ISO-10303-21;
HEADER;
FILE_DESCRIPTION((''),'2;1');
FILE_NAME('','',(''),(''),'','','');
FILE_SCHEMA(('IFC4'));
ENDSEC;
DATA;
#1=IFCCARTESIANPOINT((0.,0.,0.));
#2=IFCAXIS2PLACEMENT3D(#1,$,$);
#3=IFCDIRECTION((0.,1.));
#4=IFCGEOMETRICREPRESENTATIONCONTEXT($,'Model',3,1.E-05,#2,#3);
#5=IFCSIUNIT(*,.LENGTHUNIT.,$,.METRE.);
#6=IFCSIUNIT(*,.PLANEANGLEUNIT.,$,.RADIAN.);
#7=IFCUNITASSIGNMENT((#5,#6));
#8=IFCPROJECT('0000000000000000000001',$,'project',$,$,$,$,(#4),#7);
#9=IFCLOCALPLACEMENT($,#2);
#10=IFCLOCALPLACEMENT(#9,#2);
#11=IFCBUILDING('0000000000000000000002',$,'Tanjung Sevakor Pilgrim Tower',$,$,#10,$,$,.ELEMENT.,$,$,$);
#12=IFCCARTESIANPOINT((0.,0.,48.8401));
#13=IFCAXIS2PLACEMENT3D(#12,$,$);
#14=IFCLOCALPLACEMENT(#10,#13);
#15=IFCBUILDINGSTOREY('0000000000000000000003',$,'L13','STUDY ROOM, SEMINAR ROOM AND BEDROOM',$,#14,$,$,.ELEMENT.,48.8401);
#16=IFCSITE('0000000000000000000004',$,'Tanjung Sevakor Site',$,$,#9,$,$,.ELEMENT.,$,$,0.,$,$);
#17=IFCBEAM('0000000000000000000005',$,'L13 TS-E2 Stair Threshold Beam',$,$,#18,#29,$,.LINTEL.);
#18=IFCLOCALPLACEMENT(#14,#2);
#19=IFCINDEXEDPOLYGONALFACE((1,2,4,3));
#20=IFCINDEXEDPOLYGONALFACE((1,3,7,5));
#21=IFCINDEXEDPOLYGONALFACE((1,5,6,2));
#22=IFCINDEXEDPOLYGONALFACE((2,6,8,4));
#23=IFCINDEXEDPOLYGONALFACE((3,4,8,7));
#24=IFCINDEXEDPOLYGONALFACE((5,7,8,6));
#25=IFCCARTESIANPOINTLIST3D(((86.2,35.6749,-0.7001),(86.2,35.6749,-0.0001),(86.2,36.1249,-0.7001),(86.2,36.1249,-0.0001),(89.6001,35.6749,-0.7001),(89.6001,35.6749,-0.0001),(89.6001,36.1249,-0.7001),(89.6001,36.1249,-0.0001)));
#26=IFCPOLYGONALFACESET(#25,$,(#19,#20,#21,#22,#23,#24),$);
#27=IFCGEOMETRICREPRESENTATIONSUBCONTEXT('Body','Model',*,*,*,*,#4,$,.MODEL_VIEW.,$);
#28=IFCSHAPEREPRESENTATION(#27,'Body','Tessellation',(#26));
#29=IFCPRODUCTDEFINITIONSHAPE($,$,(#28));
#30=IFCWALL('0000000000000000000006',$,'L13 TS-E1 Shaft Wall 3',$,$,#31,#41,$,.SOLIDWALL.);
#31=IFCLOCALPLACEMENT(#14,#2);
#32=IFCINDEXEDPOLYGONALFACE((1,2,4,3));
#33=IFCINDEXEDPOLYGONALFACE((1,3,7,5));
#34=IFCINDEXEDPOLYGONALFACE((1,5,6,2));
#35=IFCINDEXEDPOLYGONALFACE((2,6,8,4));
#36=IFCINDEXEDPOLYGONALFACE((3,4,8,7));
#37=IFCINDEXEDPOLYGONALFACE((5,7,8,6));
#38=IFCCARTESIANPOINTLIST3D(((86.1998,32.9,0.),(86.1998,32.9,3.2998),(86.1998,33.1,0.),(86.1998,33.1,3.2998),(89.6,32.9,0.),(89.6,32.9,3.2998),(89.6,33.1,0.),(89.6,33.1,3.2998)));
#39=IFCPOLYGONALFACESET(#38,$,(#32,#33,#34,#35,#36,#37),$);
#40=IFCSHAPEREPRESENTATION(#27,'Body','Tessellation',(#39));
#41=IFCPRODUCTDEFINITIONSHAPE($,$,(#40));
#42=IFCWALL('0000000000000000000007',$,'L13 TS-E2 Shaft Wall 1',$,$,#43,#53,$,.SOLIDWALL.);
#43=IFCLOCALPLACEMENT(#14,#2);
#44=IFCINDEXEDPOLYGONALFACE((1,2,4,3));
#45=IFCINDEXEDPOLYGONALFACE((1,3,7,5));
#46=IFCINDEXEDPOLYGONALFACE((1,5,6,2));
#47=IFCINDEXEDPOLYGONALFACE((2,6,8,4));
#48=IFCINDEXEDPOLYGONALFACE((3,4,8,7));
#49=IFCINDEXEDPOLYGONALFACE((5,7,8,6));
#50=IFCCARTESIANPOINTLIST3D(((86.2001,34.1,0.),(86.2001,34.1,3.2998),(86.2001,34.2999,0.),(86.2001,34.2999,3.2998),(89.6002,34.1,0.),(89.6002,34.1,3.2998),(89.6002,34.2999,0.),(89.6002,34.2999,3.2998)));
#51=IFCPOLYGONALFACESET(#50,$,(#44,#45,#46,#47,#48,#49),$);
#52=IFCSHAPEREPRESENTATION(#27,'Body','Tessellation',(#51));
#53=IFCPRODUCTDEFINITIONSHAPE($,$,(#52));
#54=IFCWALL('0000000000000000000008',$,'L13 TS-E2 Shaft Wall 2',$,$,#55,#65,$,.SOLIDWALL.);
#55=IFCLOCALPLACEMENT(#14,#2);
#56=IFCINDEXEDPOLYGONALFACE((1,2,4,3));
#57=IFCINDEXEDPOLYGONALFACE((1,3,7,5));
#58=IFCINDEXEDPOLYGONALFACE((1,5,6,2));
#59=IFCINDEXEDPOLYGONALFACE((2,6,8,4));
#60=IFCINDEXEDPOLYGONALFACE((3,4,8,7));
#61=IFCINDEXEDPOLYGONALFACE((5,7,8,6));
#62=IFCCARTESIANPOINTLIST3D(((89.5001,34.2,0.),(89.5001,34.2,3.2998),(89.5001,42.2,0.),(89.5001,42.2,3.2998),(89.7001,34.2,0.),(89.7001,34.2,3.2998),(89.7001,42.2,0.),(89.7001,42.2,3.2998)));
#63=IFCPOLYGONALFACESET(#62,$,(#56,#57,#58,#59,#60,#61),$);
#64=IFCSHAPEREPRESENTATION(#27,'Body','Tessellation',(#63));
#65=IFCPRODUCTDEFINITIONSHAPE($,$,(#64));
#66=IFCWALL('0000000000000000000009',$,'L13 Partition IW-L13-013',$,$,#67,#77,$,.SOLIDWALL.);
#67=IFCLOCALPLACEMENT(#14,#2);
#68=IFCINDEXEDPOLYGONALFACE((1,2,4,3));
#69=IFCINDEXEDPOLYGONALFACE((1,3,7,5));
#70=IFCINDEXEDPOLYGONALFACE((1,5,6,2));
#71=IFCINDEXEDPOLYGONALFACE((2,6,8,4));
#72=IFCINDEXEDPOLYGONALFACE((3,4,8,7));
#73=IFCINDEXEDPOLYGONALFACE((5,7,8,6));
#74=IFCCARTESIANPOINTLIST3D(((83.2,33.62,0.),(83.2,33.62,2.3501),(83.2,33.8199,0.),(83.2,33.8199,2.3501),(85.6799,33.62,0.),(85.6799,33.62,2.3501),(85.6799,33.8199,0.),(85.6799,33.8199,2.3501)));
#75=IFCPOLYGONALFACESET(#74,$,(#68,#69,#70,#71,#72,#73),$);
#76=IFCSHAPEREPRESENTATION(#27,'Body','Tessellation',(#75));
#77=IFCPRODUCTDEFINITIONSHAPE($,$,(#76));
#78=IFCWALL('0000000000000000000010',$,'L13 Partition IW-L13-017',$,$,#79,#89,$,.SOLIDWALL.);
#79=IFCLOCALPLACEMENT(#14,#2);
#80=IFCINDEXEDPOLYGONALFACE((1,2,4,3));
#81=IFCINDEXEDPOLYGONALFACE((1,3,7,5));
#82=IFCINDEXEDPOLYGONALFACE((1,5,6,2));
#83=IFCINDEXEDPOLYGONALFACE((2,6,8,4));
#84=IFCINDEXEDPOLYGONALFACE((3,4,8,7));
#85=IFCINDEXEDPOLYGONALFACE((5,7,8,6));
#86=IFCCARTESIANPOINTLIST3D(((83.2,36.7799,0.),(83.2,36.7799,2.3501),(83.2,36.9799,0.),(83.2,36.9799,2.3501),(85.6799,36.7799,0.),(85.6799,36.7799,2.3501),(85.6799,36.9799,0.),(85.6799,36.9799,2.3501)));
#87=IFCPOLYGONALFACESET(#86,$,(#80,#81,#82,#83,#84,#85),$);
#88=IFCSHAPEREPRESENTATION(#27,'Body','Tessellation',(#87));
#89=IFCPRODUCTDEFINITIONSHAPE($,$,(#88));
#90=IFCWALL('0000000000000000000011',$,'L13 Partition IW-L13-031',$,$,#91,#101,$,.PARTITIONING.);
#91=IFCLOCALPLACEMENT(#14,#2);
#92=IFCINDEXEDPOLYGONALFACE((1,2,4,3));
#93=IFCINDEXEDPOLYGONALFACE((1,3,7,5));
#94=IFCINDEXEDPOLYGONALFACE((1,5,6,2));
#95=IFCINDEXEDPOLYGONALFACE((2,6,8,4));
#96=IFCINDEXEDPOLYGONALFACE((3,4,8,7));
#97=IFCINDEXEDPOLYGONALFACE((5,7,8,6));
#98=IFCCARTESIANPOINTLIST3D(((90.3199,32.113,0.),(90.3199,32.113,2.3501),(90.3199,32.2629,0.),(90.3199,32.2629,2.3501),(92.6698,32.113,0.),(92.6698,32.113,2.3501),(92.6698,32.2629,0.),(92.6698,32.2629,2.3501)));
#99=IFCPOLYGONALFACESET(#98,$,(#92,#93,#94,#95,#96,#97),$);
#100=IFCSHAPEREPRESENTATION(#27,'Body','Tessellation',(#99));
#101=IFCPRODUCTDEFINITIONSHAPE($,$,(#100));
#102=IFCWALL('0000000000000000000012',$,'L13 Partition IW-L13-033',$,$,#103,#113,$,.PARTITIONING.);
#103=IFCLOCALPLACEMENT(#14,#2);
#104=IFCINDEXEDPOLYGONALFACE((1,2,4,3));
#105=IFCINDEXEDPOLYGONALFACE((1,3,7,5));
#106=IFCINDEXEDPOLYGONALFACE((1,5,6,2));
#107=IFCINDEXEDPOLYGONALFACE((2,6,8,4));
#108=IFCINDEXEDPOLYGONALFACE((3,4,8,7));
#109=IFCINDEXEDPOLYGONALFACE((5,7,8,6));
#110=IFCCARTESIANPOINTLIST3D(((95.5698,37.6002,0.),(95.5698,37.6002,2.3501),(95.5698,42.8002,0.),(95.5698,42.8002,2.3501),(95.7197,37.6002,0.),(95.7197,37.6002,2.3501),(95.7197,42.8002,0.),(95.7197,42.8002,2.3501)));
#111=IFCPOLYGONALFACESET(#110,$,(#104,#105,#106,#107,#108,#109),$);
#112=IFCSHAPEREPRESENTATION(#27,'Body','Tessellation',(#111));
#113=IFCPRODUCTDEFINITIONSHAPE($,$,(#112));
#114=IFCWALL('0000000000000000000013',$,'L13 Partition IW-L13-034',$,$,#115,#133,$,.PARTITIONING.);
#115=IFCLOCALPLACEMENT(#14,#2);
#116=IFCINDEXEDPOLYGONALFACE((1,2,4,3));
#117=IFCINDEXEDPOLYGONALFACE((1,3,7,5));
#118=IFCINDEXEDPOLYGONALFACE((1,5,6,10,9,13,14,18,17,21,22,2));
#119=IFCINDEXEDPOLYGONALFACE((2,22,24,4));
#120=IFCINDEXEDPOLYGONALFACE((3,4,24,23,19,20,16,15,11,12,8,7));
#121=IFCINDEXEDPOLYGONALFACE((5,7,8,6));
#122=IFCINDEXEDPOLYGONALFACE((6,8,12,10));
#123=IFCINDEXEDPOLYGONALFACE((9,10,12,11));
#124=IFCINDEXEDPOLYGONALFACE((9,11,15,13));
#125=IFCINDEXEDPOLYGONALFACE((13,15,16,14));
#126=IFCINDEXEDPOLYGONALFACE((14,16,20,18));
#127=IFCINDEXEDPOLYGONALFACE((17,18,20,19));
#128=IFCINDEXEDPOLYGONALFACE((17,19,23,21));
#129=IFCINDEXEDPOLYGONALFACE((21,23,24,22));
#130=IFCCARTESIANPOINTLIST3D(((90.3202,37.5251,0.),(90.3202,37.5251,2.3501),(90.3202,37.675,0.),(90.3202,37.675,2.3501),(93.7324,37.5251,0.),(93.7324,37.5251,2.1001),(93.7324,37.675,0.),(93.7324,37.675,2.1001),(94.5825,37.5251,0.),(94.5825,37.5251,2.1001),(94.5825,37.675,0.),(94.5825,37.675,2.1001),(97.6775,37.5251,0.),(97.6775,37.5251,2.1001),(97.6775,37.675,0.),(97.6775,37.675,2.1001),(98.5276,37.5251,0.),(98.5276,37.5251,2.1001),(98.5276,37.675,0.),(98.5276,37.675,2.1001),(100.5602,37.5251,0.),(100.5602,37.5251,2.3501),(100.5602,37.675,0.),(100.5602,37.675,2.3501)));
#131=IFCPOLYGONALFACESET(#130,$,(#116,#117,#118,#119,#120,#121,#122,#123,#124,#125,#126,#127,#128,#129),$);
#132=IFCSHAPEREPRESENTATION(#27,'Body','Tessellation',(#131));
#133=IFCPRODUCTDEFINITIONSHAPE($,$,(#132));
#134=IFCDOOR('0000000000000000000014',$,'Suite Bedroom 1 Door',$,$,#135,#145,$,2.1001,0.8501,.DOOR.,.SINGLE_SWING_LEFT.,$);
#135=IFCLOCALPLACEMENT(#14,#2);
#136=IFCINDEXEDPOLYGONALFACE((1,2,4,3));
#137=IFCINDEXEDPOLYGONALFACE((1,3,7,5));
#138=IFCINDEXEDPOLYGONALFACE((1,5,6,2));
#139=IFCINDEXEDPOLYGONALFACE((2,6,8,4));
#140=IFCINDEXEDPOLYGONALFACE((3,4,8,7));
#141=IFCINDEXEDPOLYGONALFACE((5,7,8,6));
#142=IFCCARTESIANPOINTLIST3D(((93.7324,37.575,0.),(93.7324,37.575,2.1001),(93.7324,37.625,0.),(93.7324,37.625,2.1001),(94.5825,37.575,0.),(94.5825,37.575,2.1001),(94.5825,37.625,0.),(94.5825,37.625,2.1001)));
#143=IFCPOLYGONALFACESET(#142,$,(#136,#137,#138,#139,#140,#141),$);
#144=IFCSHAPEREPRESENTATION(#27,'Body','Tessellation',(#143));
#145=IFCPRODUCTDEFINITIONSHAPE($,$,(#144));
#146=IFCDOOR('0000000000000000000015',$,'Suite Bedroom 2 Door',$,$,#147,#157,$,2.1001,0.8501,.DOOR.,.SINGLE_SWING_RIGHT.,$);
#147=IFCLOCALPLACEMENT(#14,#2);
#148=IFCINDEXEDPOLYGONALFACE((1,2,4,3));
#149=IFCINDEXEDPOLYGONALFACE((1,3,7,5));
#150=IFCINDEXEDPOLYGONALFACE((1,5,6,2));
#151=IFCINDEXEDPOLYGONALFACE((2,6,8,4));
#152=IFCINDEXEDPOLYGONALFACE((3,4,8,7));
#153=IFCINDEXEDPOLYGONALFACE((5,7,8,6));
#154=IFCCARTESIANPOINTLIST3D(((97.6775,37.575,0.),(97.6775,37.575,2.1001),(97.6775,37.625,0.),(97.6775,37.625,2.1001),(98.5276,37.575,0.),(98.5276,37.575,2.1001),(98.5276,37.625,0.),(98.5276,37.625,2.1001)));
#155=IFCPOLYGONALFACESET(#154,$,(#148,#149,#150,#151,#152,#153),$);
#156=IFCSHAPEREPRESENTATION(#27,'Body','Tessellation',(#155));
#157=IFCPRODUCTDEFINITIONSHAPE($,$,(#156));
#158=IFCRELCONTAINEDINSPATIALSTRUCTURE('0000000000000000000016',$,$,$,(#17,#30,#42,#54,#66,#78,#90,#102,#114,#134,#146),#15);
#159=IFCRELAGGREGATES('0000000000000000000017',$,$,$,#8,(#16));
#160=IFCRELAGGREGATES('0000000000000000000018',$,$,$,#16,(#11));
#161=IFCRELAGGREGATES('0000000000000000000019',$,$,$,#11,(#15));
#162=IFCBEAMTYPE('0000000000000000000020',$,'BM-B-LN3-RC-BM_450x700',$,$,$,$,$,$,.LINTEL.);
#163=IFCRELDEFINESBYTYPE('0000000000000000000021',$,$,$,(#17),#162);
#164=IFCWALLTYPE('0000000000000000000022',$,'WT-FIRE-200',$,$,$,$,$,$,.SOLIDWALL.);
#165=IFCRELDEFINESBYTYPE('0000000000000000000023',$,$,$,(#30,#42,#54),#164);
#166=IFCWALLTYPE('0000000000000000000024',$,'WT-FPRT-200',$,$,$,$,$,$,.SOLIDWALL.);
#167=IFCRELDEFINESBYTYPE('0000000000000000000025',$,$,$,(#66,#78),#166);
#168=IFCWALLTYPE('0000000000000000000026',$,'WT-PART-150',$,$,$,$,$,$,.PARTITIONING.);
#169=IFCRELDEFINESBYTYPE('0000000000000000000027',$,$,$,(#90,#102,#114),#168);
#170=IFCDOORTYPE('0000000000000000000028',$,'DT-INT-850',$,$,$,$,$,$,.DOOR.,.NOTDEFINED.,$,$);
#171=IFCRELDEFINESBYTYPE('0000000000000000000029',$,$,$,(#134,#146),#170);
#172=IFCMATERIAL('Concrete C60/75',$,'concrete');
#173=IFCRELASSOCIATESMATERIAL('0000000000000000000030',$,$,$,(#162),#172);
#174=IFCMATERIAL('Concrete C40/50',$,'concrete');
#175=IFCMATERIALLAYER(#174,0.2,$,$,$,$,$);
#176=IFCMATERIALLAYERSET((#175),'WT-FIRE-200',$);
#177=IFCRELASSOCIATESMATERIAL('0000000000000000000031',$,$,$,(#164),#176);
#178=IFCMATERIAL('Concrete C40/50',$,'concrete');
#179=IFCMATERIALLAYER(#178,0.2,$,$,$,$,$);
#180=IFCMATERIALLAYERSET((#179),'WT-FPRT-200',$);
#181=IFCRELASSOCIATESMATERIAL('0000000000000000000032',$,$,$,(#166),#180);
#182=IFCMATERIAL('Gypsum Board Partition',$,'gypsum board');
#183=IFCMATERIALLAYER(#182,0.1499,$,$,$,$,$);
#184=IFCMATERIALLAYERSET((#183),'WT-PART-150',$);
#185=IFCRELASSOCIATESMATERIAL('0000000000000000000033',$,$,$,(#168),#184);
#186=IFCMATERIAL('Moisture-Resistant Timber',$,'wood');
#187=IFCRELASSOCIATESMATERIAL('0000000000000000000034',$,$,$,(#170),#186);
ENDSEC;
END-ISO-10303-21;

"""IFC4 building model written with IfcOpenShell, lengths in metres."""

from ifc_helpers import new_model, si_unit, direction, frame, frame_2d, origin, origin_2d, place, context, subcontext, project, spatial, rectangle, extrude, material, layer, layer_set, material_profile, profile_set, type_object, element, fill, save


model = new_model("IFC4")

# Units and contexts
model_context = context("Model", 3, precision=1e-05, world=origin(), true_north=direction((0.0, 1.0)))
body_context = subcontext(model_context, "Body", "Model", "MODEL_VIEW")
ifc_project = project(units=[si_unit("LENGTHUNIT", "METRE"), si_unit("PLANEANGLEUNIT", "RADIAN")], contexts=[model_context])

# Site, building, storey
site_placement = place(None, origin())
site = spatial("IfcSite", under=ifc_project, at=site_placement, Name="Tanjung Sevakor Site", CompositionType="ELEMENT", RefElevation=0.0)
building_placement = place(site_placement, origin())
building = spatial("IfcBuilding", under=site, at=building_placement, Name="Tanjung Sevakor Pilgrim Tower", CompositionType="ELEMENT")
storey_placement = place(building_placement, frame((0.0, 0.0, 48.8401)))
storey = spatial("IfcBuildingStorey", under=building, at=storey_placement, Name="L13", Description="STUDY ROOM, SEMINAR ROOM AND BEDROOM", CompositionType="ELEMENT", Elevation=48.8401)

# Beam
ifc_material_1 = material(Name="Concrete C60/75", Category="concrete")
ifc_material_profile = material_profile(ifc_material_1, rectangle(XDim=0.45, YDim=0.7, at=origin_2d()))
ifc_profile_set = profile_set([ifc_material_profile], Name="Concrete C60/75")
beam_type = type_object("IfcBeamType", Name="BM-B-LN3-RC-BM_450x700", PredefinedType="LINTEL", material=ifc_profile_set)
beam_placement = place(storey_placement, frame((86.2, 35.8999, -0.3501), z_axis=(1.0, 0.0, 0.0), x_axis=(0.0, 1.0, 0.0)))
element("IfcBeam", 1, at=beam_placement, inside=storey, type_object=beam_type, Name="L13 TS-E2 Stair Threshold Beam", PredefinedType="LINTEL", context=body_context, shape_type="SweptSolid", body=[
    extrude(rectangle(XDim=0.45, YDim=0.7, at=origin_2d()), origin(), (0.0, 0.0, 1.0), 3.4001),
])

# Walls
ifc_material_2 = material(Name="Concrete C40/50", Category="concrete")
ifc_layer_1 = layer(ifc_material_2, 0.2)
ifc_layer_set_1 = layer_set([ifc_layer_1], Name="WT-FIRE-200")
wall_type_1 = type_object("IfcWallType", Name="WT-FIRE-200", PredefinedType="SOLIDWALL", material=ifc_layer_set_1)
for number, where, z_axis, x_axis, name in (
    (2, (89.6001, 33.0, 0.0), (0.0, 0.0, 1.0), (-1.0, 0.0, 0.0), "L13 TS-E1 Shaft Wall 3"),
    (3, (86.2, 34.2, 0.0), (0.0, 0.0, 1.0), (1.0, 0.0, 0.0), "L13 TS-E2 Shaft Wall 1"),
):
    element("IfcWall", number, at=place(storey_placement, frame(where, z_axis=z_axis, x_axis=x_axis)), inside=storey, type_object=wall_type_1, Name=name, PredefinedType="SOLIDWALL", context=body_context, shape_type="SweptSolid", body=[
        extrude(rectangle(XDim=3.4001, YDim=0.2, at=frame_2d((1.7002, 0.0))), origin(), (0.0, 0.0, 1.0), 3.2998),
    ])
wall_1_placement = place(storey_placement, frame((89.6001, 34.2, 0.0), z_axis=(0.0, 0.0, 1.0), x_axis=(0.0, 1.0, 0.0)))
element("IfcWall", 4, at=wall_1_placement, inside=storey, type_object=wall_type_1, Name="L13 TS-E2 Shaft Wall 2", PredefinedType="SOLIDWALL", context=body_context, shape_type="SweptSolid", body=[
    extrude(rectangle(XDim=8.0, YDim=0.2, at=frame_2d((4.0, 0.0))), origin(), (0.0, 0.0, 1.0), 3.2998),
])
ifc_material_3 = material(Name="Concrete C40/50", Category="concrete")
ifc_layer_2 = layer(ifc_material_3, 0.2)
ifc_layer_set_2 = layer_set([ifc_layer_2], Name="WT-FPRT-200")
wall_type_2 = type_object("IfcWallType", Name="WT-FPRT-200", PredefinedType="SOLIDWALL", material=ifc_layer_set_2)
for number, where, z_axis, x_axis, name in (
    (5, (83.2, 33.72, 0.0), (0.0, 0.0, 1.0), (1.0, 0.0, 0.0), "L13 Partition IW-L13-013"),
    (6, (83.2, 36.8799, 0.0), (0.0, 0.0, 1.0), (1.0, 0.0, 0.0), "L13 Partition IW-L13-017"),
):
    element("IfcWall", number, at=place(storey_placement, frame(where, z_axis=z_axis, x_axis=x_axis)), inside=storey, type_object=wall_type_2, Name=name, PredefinedType="SOLIDWALL", context=body_context, shape_type="SweptSolid", body=[
        extrude(rectangle(XDim=2.48, YDim=0.2, at=frame_2d((1.24, 0.0))), origin(), (0.0, 0.0, 1.0), 2.3501),
    ])
ifc_material_4 = material(Name="Gypsum Board Partition", Category="gypsum board")
ifc_layer_3 = layer(ifc_material_4, 0.1499)
ifc_layer_set_3 = layer_set([ifc_layer_3], Name="WT-PART-150")
wall_type_3 = type_object("IfcWallType", Name="WT-PART-150", PredefinedType="PARTITIONING", material=ifc_layer_set_3)
wall_2_placement = place(storey_placement, frame((90.3201, 32.188, 0.0), z_axis=(0.0, 0.0, 1.0), x_axis=(1.0, 0.0, 0.0)))
element("IfcWall", 7, at=wall_2_placement, inside=storey, type_object=wall_type_3, Name="L13 Partition IW-L13-031", PredefinedType="PARTITIONING", context=body_context, shape_type="SweptSolid", body=[
    extrude(rectangle(XDim=2.3499, YDim=0.1499, at=frame_2d((1.1748, 0.0))), origin(), (0.0, 0.0, 1.0), 2.3501),
])
wall_3_placement = place(storey_placement, frame((95.6448, 37.6001, 0.0), z_axis=(0.0, 0.0, 1.0), x_axis=(0.0, 1.0, 0.0)))
element("IfcWall", 8, at=wall_3_placement, inside=storey, type_object=wall_type_3, Name="L13 Partition IW-L13-033", PredefinedType="PARTITIONING", context=body_context, shape_type="SweptSolid", body=[
    extrude(rectangle(XDim=5.2, YDim=0.1499, at=frame_2d((2.6001, 0.0))), origin(), (0.0, 0.0, 1.0), 2.3501),
])

# Wall, openings, doors
wall_4_placement = place(storey_placement, frame((90.3201, 37.6001, 0.0), z_axis=(0.0, 0.0, 1.0), x_axis=(1.0, 0.0, 0.0)))
wall_4 = element("IfcWall", 9, at=wall_4_placement, inside=storey, type_object=wall_type_3, Name="L13 Partition IW-L13-034", PredefinedType="PARTITIONING", context=body_context, shape_type="SweptSolid", body=[
    extrude(rectangle(XDim=10.24, YDim=0.1499, at=frame_2d((5.1201, 0.0))), origin(), (0.0, 0.0, 1.0), 2.3501),
])
opening_1_placement = place(wall_4_placement, frame((3.4124, 0.0, 0.0)))
opening_1 = element("IfcOpeningElement", 10, at=opening_1_placement, cuts=wall_4, PredefinedType="OPENING", context=body_context, shape_type="SweptSolid", body=[
    extrude(rectangle(XDim=0.8501, YDim=2.1001, at=frame_2d((0.425, 1.05))), frame((0.0, 0.085, 0.0), z_axis=(0.0, -1.0, 0.0), x_axis=(1.0, 0.0, 0.0)), (0.0, 0.0, 1.0), 0.1699),
])
opening_2_placement = place(wall_4_placement, frame((7.3574, 0.0, 0.0)))
opening_2 = element("IfcOpeningElement", 11, at=opening_2_placement, cuts=wall_4, PredefinedType="OPENING", context=body_context, shape_type="SweptSolid", body=[
    extrude(rectangle(XDim=0.8501, YDim=2.1001, at=frame_2d((0.425, 1.05))), frame((0.0, 0.085, 0.0), z_axis=(0.0, -1.0, 0.0), x_axis=(1.0, 0.0, 0.0)), (0.0, 0.0, 1.0), 0.1699),
])
ifc_material_5 = material(Name="Moisture-Resistant Timber", Category="wood")
door_type = type_object("IfcDoorType", Name="DT-INT-850", OperationType="NOTDEFINED", PredefinedType="DOOR", material=ifc_material_5)
door_1_placement = place(opening_1_placement, origin())
door_1 = element("IfcDoor", 12, at=door_1_placement, inside=storey, type_object=door_type, Name="Suite Bedroom 1 Door", OperationType="SINGLE_SWING_LEFT", OverallHeight=2.1001, OverallWidth=0.8501, PredefinedType="DOOR", context=body_context, shape_type="SweptSolid", body=[
    extrude(rectangle(XDim=0.8501, YDim=2.1001, at=frame_2d((0.425, 1.05))), frame((0.0, 0.0249, 0.0), z_axis=(0.0, -1.0, 0.0), x_axis=(1.0, 0.0, 0.0)), (0.0, 0.0, 1.0), 0.05),
])
fill(opening_1, door_1)
door_2_placement = place(opening_2_placement, origin())
door_2 = element("IfcDoor", 13, at=door_2_placement, inside=storey, type_object=door_type, Name="Suite Bedroom 2 Door", OperationType="SINGLE_SWING_RIGHT", OverallHeight=2.1001, OverallWidth=0.8501, PredefinedType="DOOR", context=body_context, shape_type="SweptSolid", body=[
    extrude(rectangle(XDim=0.8501, YDim=2.1001, at=frame_2d((0.425, 1.05))), frame((0.0, 0.0249, 0.0), z_axis=(0.0, -1.0, 0.0), x_axis=(1.0, 0.0, 0.0)), (0.0, 0.0, 1.0), 0.05),
])
fill(opening_2, door_2)

save(model, "model.ifc")
